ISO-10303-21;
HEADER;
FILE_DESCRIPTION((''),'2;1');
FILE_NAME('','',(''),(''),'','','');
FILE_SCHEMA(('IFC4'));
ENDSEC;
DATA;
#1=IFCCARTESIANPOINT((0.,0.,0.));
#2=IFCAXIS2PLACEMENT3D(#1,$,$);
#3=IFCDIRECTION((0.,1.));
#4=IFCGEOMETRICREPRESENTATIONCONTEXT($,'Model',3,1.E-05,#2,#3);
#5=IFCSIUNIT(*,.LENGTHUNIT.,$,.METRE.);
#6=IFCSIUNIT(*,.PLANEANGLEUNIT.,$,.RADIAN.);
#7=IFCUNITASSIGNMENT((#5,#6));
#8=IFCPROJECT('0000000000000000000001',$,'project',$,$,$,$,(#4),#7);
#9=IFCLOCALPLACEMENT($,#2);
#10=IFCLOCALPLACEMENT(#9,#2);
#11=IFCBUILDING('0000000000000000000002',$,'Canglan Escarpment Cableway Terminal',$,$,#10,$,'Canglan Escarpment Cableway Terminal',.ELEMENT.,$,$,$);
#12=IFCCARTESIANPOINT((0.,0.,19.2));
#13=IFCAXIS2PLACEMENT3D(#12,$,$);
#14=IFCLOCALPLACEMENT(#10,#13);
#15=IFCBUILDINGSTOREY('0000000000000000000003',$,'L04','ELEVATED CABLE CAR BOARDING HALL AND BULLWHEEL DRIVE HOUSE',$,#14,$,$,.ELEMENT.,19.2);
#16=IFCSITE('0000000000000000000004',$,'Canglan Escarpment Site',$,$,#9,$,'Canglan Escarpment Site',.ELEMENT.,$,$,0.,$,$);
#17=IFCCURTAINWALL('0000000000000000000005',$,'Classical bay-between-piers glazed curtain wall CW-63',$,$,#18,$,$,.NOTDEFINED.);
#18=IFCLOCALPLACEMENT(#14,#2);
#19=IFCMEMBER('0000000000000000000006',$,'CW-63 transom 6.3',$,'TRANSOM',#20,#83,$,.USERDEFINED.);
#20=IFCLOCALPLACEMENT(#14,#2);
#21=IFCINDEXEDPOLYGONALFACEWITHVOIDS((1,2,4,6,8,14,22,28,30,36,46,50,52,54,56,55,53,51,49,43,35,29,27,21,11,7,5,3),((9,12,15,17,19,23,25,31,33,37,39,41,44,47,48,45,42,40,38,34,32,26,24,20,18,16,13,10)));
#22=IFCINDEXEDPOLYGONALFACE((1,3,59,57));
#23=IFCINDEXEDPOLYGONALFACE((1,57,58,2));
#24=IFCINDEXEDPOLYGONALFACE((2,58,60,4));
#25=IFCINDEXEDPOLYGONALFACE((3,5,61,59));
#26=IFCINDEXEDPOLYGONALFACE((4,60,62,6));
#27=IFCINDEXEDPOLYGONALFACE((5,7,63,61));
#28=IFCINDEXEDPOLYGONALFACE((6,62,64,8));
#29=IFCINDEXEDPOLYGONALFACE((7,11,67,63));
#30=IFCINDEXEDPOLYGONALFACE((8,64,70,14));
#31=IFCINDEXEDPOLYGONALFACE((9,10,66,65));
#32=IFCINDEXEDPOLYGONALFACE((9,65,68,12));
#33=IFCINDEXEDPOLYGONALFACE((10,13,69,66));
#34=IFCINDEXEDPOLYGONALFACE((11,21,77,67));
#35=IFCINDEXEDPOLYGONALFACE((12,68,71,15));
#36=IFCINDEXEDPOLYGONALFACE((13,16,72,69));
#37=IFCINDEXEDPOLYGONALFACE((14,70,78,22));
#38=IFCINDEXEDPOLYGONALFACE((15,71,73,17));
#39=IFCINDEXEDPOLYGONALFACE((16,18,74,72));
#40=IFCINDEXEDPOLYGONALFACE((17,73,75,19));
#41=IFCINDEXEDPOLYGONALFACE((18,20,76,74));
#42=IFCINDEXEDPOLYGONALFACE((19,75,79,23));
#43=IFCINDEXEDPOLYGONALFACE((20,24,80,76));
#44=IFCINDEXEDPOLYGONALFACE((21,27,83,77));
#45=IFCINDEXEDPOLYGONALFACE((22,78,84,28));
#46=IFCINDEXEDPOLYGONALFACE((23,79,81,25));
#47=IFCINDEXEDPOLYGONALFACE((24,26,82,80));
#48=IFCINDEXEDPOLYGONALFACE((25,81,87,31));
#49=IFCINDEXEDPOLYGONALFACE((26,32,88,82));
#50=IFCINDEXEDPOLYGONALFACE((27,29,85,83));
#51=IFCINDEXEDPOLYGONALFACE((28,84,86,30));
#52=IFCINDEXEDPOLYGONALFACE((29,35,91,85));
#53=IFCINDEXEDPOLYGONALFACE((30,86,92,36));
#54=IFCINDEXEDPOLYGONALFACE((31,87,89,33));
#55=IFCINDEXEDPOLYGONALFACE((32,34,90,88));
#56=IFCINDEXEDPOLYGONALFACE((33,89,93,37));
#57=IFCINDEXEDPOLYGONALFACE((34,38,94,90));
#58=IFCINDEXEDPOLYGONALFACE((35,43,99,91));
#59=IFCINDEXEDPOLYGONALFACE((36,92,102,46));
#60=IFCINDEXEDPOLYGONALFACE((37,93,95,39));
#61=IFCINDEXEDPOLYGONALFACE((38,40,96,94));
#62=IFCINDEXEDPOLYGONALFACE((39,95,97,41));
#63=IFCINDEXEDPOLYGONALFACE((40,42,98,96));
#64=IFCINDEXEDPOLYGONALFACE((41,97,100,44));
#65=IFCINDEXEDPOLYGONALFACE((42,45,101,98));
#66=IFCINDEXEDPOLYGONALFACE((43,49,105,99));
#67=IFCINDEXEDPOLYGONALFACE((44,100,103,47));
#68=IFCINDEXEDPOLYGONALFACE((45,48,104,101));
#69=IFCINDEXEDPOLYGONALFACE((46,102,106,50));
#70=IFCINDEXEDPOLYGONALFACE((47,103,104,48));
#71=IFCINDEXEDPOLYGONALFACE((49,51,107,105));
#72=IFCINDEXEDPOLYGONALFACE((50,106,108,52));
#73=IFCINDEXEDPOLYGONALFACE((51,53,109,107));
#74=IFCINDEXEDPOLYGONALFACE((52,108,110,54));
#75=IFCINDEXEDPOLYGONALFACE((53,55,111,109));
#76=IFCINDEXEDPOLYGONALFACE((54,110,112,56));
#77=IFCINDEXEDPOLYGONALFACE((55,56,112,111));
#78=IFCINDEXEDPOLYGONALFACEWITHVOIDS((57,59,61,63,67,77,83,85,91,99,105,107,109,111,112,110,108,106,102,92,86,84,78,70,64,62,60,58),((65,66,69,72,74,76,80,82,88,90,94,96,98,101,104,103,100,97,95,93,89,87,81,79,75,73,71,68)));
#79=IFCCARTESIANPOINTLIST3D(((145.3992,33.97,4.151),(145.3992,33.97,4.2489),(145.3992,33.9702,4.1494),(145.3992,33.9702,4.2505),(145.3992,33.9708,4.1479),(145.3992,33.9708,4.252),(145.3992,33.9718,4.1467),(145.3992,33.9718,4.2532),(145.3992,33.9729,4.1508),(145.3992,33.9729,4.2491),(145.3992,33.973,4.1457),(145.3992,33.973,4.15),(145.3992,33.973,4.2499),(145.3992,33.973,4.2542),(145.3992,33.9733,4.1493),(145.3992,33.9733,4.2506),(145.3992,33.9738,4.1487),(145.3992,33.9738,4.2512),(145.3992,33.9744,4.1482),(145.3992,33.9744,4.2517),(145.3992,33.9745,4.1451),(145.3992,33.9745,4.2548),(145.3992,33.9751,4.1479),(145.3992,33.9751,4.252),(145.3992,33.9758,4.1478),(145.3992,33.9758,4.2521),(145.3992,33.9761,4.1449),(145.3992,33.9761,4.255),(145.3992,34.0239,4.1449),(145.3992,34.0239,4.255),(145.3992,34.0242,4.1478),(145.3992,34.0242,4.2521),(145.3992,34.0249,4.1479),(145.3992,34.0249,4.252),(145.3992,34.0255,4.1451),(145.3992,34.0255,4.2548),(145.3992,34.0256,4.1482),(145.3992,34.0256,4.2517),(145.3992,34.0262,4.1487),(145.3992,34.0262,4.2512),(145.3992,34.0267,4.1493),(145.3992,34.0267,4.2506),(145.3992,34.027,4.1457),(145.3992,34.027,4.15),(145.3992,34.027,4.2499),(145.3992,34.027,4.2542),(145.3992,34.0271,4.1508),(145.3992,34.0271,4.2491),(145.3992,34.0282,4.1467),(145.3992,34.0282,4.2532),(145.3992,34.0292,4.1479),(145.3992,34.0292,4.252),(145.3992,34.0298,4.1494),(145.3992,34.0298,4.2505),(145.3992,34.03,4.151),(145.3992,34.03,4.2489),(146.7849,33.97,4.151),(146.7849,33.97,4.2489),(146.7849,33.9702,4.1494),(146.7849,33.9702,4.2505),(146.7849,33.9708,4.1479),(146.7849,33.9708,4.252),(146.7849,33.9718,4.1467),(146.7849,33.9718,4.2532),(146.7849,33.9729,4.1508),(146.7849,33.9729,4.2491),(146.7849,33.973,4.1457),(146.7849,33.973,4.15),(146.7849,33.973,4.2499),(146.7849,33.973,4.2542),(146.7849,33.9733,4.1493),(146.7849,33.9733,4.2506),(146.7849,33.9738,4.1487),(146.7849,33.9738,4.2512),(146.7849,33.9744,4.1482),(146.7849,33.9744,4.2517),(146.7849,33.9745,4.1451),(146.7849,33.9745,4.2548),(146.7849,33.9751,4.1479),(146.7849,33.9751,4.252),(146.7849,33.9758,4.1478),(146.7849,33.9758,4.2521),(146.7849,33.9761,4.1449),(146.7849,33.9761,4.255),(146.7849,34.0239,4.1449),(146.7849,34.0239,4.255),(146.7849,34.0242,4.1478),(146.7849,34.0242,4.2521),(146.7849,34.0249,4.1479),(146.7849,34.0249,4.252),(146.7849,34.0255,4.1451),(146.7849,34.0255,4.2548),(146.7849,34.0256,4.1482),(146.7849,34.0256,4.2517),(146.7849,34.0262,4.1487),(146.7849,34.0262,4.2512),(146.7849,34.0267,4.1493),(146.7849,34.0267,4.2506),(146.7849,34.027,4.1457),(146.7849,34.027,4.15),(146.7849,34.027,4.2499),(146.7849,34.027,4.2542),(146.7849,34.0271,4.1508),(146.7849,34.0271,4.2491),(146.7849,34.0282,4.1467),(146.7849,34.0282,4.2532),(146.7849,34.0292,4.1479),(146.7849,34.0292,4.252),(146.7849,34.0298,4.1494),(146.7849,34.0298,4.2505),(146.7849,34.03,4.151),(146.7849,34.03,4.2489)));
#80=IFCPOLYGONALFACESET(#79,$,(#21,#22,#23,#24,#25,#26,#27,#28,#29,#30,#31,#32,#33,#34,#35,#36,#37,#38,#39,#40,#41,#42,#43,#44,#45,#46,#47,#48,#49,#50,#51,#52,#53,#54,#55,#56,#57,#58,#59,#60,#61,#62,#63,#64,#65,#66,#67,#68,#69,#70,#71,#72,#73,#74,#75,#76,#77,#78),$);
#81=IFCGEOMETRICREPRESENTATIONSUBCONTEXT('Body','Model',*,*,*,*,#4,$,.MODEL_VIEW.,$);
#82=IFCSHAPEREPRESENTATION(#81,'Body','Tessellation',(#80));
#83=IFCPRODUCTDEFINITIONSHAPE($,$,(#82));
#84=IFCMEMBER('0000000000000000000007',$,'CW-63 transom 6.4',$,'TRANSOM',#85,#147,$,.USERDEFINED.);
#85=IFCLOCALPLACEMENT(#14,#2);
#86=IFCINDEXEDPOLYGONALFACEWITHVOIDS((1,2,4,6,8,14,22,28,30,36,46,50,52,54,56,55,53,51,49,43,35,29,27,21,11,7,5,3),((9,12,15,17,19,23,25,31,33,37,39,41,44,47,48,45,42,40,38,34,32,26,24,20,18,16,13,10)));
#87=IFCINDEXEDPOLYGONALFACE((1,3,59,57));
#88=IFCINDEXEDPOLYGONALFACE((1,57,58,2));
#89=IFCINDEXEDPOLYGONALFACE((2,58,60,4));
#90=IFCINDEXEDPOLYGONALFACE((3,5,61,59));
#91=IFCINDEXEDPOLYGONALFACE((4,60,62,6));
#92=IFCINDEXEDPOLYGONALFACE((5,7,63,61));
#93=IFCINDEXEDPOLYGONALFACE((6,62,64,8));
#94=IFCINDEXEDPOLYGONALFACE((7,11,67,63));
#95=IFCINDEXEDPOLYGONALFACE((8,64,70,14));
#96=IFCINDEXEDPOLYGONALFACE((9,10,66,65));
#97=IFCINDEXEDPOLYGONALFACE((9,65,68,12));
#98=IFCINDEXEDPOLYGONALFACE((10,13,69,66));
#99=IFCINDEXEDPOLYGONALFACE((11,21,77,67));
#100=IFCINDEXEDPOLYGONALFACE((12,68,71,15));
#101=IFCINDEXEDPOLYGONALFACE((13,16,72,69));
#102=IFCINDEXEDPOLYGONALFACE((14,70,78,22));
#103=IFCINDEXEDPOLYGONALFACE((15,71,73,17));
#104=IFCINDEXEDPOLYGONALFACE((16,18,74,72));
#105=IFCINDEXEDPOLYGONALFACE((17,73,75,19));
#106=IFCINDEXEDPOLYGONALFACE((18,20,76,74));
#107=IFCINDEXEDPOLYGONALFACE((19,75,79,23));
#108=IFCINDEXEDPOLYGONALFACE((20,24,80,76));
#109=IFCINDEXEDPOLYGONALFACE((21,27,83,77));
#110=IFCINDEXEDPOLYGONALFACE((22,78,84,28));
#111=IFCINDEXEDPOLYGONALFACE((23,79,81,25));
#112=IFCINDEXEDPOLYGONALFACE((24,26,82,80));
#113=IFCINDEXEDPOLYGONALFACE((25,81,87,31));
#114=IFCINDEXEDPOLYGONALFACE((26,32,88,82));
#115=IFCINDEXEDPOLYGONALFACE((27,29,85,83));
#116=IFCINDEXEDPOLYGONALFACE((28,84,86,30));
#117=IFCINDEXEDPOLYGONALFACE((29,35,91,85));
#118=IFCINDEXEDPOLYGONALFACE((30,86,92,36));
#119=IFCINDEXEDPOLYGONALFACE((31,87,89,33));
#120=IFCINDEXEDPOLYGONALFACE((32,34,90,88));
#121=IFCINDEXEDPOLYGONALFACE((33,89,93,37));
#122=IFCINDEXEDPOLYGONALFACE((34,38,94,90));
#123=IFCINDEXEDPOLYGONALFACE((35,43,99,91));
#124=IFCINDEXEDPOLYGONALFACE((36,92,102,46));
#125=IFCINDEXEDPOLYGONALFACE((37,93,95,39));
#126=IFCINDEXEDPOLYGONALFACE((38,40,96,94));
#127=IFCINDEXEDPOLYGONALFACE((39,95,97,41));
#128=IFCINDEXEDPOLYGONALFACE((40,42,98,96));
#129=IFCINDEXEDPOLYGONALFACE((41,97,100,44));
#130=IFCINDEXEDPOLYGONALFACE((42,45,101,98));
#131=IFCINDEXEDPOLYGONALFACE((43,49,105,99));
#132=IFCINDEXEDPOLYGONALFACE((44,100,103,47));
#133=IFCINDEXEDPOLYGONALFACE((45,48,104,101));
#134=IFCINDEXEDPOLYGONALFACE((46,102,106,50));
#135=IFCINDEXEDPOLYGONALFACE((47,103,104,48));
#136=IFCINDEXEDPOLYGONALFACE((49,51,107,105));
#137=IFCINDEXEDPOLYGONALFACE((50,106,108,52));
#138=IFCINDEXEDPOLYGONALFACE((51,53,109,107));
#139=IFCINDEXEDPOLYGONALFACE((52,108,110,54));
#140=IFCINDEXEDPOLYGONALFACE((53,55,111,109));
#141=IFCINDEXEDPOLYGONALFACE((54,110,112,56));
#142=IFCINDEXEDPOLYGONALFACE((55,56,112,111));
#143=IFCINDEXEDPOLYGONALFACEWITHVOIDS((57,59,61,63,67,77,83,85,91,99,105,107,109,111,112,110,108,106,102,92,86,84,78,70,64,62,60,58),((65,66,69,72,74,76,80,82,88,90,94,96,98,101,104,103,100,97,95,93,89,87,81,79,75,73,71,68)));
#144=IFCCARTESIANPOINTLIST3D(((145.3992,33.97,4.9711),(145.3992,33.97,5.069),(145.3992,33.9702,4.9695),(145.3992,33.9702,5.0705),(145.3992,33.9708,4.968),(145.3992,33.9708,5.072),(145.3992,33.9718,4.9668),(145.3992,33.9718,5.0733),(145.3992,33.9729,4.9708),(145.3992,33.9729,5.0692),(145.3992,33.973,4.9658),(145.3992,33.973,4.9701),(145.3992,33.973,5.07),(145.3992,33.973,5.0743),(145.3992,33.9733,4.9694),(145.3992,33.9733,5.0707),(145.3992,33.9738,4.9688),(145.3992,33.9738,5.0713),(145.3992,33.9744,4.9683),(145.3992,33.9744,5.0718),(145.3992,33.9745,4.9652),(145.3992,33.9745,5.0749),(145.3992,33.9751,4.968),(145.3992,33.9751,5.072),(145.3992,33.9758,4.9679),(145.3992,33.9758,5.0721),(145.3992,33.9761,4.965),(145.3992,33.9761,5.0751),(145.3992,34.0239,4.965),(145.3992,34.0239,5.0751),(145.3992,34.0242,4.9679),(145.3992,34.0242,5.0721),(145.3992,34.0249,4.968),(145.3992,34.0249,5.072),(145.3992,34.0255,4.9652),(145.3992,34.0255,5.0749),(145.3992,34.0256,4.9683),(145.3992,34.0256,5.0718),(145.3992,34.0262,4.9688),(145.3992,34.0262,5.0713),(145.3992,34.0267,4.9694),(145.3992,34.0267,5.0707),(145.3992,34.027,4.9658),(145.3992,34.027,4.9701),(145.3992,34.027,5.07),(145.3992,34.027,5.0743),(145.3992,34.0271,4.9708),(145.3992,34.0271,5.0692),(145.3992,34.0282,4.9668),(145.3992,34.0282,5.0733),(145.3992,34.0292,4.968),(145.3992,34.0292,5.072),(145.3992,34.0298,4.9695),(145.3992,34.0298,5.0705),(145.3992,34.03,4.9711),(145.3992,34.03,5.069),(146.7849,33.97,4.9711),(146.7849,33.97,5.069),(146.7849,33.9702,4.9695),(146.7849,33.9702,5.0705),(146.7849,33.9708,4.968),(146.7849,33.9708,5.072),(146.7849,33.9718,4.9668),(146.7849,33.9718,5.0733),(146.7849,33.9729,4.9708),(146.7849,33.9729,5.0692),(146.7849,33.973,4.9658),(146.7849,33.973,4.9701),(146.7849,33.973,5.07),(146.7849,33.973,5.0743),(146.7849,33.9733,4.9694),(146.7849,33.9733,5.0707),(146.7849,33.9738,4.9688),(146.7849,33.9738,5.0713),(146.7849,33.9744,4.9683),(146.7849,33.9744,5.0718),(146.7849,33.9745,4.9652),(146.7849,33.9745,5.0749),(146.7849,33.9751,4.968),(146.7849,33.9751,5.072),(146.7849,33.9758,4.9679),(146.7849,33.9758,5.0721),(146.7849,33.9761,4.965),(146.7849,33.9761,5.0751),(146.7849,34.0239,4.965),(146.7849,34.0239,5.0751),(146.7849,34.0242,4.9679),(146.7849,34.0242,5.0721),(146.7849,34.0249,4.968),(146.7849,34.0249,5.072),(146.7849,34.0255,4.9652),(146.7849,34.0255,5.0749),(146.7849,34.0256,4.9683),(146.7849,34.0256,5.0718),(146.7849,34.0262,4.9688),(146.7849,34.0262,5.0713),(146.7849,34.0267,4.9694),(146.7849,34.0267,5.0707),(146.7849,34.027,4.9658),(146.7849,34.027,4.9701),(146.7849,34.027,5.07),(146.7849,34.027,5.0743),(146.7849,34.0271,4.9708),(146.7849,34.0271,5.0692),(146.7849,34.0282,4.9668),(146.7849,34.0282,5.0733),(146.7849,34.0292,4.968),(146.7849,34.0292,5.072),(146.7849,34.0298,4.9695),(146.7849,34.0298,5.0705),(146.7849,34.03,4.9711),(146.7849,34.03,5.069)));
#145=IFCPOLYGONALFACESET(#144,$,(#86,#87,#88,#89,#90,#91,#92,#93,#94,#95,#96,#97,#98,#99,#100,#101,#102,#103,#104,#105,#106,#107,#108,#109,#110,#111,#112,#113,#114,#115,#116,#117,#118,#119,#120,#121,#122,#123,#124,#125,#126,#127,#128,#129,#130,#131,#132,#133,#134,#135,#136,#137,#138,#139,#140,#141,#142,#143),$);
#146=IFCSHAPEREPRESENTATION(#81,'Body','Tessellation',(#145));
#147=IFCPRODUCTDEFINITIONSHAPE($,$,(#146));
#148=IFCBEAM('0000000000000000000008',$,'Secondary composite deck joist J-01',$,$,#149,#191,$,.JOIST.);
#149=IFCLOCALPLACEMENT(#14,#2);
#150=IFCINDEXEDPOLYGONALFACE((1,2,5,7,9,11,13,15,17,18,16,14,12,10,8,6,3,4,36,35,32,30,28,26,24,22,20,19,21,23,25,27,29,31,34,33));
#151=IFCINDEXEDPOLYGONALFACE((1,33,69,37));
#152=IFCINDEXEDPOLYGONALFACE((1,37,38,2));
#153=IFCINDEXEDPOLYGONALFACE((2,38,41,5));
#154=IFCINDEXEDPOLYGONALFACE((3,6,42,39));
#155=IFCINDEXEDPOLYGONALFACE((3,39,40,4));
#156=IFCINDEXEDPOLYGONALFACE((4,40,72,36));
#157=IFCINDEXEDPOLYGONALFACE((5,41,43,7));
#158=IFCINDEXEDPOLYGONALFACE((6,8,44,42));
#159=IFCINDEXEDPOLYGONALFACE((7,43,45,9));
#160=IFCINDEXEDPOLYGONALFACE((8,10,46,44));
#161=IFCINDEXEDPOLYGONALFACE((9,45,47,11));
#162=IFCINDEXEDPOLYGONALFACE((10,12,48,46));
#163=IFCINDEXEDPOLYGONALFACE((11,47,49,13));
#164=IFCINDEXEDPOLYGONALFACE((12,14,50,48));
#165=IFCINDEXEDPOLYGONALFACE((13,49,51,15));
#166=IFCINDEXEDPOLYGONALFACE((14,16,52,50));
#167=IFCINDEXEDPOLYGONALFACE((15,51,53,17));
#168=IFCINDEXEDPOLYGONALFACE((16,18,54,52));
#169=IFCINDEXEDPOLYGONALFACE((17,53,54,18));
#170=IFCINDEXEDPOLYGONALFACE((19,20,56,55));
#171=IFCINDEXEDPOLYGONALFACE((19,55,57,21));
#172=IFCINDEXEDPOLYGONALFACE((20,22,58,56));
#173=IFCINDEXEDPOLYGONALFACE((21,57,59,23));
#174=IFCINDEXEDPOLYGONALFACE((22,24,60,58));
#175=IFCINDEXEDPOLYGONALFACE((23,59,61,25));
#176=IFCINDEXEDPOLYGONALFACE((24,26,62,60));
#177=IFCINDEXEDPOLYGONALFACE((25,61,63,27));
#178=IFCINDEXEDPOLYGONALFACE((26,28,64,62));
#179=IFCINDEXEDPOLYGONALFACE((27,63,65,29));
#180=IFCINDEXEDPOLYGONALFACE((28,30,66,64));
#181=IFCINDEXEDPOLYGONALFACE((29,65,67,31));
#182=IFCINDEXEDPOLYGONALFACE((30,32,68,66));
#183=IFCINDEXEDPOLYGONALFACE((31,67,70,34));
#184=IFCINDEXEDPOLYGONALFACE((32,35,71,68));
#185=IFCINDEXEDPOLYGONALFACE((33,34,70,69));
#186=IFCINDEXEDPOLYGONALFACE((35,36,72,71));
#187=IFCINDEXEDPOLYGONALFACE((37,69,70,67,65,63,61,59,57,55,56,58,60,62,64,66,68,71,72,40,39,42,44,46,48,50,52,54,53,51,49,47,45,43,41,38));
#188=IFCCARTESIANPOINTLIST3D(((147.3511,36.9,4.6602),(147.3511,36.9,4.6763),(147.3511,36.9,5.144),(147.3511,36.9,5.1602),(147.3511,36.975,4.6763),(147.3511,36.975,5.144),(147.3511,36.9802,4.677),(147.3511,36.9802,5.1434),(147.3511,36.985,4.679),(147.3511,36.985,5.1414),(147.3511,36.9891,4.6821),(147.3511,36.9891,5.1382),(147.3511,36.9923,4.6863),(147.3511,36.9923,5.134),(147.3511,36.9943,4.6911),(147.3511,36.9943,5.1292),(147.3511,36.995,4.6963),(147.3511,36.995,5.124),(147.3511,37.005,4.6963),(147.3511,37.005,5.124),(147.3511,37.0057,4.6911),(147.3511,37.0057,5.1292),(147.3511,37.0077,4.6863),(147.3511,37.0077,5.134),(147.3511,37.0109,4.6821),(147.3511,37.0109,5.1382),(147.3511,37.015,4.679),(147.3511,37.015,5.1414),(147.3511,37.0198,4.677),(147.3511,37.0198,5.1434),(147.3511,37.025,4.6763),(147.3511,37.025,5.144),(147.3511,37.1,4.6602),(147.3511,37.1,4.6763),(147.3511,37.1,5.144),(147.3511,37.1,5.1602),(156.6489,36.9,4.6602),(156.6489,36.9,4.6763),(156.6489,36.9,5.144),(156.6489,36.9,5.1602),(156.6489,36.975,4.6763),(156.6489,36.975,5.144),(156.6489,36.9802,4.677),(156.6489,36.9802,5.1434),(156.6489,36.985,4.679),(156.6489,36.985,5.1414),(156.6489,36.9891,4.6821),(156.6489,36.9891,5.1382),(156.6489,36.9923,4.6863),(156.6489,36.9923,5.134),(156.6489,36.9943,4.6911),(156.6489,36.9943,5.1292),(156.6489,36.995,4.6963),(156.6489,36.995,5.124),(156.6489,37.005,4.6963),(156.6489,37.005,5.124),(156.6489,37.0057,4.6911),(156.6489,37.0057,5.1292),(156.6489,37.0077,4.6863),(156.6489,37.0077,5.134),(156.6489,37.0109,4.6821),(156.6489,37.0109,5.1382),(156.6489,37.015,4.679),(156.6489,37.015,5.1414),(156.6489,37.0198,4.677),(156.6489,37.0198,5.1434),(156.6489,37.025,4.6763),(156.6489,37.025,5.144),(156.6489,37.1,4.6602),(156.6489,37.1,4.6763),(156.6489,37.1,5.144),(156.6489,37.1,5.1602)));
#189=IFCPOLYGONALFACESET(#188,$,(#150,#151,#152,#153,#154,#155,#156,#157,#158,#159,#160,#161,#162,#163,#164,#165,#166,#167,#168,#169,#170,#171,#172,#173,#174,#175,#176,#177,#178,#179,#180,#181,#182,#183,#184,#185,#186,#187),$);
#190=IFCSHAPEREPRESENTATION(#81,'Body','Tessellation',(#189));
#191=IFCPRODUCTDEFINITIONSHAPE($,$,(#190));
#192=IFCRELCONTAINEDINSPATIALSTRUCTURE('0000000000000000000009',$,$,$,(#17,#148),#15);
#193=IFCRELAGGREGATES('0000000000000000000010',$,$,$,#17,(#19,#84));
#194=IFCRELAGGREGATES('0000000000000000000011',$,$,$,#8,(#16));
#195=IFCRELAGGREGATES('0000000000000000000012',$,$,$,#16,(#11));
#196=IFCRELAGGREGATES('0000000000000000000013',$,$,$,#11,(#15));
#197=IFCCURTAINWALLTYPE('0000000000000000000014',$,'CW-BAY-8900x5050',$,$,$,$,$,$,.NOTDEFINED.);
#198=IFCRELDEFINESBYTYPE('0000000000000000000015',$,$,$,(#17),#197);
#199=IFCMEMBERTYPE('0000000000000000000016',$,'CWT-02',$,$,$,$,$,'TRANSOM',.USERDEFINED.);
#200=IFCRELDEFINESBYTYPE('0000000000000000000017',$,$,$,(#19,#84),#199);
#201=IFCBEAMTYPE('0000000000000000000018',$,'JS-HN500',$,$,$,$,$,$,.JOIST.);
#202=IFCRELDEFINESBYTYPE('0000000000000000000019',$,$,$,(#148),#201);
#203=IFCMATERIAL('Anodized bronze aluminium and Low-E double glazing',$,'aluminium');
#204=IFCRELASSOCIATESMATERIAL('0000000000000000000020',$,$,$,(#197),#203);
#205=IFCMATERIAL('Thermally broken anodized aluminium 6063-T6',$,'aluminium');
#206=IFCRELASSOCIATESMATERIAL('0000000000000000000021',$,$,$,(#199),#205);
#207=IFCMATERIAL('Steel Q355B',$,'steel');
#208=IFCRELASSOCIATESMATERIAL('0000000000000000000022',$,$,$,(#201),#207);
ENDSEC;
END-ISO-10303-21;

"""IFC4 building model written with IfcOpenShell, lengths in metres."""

from ifc_helpers import new_model, si_unit, direction, frame, origin, origin_2d, place, context, subcontext, project, spatial, hollow_rectangle, i_section, extrude, material, material_profile, profile_set, type_object, element, aggregate, save


model = new_model("IFC4")

# Units and contexts
model_context = context("Model", 3, precision=1e-05, world=origin(), true_north=direction((0.0, 1.0)))
body_context = subcontext(model_context, "Body", "Model", "MODEL_VIEW")
ifc_project = project(units=[si_unit("LENGTHUNIT", "METRE"), si_unit("PLANEANGLEUNIT", "RADIAN")], contexts=[model_context])

# Site, building, storey
site_placement = place(None, origin())
site = spatial("IfcSite", under=ifc_project, at=site_placement, Name="Canglan Escarpment Site", LongName="Canglan Escarpment Site", CompositionType="ELEMENT", RefElevation=0.0)
building_placement = place(site_placement, origin())
building = spatial("IfcBuilding", under=site, at=building_placement, Name="Canglan Escarpment Cableway Terminal", LongName="Canglan Escarpment Cableway Terminal", CompositionType="ELEMENT")
storey_placement = place(building_placement, frame((0.0, 0.0, 19.2)))
storey = spatial("IfcBuildingStorey", under=building, at=storey_placement, Name="L04", Description="ELEVATED CABLE CAR BOARDING HALL AND BULLWHEEL DRIVE HOUSE", CompositionType="ELEMENT", Elevation=19.2)

# Curtain wall, members
ifc_material_1 = material(Name="Anodized bronze aluminium and Low-E double glazing", Category="aluminium")
curtain_wall_type = type_object("IfcCurtainWallType", Name="CW-BAY-8900x5050", PredefinedType="NOTDEFINED", material=ifc_material_1)
curtain_wall_placement = place(storey_placement, origin())
curtain_wall = element("IfcCurtainWall", 1, at=curtain_wall_placement, inside=storey, type_object=curtain_wall_type, Name="Classical bay-between-piers glazed curtain wall CW-63", PredefinedType="NOTDEFINED")
ifc_material_2 = material(Name="Thermally broken anodized aluminium 6063-T6", Category="aluminium")
ifc_material_profile_1 = material_profile(ifc_material_2, hollow_rectangle(XDim=0.0601, YDim=0.1101, WallThickness=0.0029, InnerFilletRadius=0.0029, OuterFilletRadius=0.0061, at=origin_2d()), Name="ALU-TRAN 60x110x3")
ifc_profile_set_1 = profile_set([ifc_material_profile_1], Name="Thermally broken anodized aluminium 6063-T6")
member_type_1 = type_object("IfcMemberType", Name="CWT-02", ElementType="TRANSOM", PredefinedType="USERDEFINED", material=ifc_profile_set_1)
member_1_placement = place(storey_placement, frame((145.3992, 34.0, 4.2), z_axis=(1.0, 0.0, 0.0), x_axis=(0.0, 1.0, 0.0)))
member_1 = element("IfcMember", 2, at=member_1_placement, type_object=member_type_1, Name="CW-63 transom 6.3", ObjectType="TRANSOM", PredefinedType="USERDEFINED", context=body_context, shape_type="SweptSolid", body=[
    extrude(hollow_rectangle(XDim=0.0601, YDim=0.1101, WallThickness=0.0029, InnerFilletRadius=0.0029, OuterFilletRadius=0.0061, at=origin_2d()), origin(), (0.0, 0.0, 1.0), 1.3857),
])
member_2_placement = place(storey_placement, frame((145.3992, 34.0, 5.02), z_axis=(1.0, 0.0, 0.0), x_axis=(0.0, 1.0, 0.0)))
member_2 = element("IfcMember", 3, at=member_2_placement, type_object=member_type_1, Name="CW-63 transom 6.4", ObjectType="TRANSOM", PredefinedType="USERDEFINED", context=body_context, shape_type="SweptSolid", body=[
    extrude(hollow_rectangle(XDim=0.0601, YDim=0.1101, WallThickness=0.0029, InnerFilletRadius=0.0029, OuterFilletRadius=0.0061, at=origin_2d()), origin(), (0.0, 0.0, 1.0), 1.3857),
])

# Beam
ifc_material_3 = material(Name="Steel Q355B", Category="steel")
ifc_material_profile_2 = material_profile(ifc_material_3, i_section(OverallWidth=0.2, OverallDepth=0.5, WebThickness=0.01, FlangeThickness=0.0161, FilletRadius=0.02, at=origin_2d()), Name="HN 500x200x10x16")
ifc_profile_set_2 = profile_set([ifc_material_profile_2], Name="Steel Q355B")
beam_type_1 = type_object("IfcBeamType", Name="JS-HN500", PredefinedType="JOIST", material=ifc_profile_set_2)
for number, where, z_axis, x_axis, name in (
    (4, (147.3511, 37.0, 4.9102), (1.0, 0.0, 0.0), (0.0, 1.0, 0.0), "Secondary composite deck joist J-01"),
):
    element("IfcBeam", number, at=place(storey_placement, frame(where, z_axis=z_axis, x_axis=x_axis)), inside=storey, type_object=beam_type_1, Name=name, PredefinedType="JOIST", context=body_context, shape_type="SweptSolid", body=[
        extrude(i_section(OverallWidth=0.2, OverallDepth=0.5, WebThickness=0.01, FlangeThickness=0.0161, FilletRadius=0.02, at=origin_2d()), origin(), (0.0, 0.0, 1.0), 9.2979),
    ])

aggregate(curtain_wall, [member_1, member_2])

save(model, "model.ifc")
